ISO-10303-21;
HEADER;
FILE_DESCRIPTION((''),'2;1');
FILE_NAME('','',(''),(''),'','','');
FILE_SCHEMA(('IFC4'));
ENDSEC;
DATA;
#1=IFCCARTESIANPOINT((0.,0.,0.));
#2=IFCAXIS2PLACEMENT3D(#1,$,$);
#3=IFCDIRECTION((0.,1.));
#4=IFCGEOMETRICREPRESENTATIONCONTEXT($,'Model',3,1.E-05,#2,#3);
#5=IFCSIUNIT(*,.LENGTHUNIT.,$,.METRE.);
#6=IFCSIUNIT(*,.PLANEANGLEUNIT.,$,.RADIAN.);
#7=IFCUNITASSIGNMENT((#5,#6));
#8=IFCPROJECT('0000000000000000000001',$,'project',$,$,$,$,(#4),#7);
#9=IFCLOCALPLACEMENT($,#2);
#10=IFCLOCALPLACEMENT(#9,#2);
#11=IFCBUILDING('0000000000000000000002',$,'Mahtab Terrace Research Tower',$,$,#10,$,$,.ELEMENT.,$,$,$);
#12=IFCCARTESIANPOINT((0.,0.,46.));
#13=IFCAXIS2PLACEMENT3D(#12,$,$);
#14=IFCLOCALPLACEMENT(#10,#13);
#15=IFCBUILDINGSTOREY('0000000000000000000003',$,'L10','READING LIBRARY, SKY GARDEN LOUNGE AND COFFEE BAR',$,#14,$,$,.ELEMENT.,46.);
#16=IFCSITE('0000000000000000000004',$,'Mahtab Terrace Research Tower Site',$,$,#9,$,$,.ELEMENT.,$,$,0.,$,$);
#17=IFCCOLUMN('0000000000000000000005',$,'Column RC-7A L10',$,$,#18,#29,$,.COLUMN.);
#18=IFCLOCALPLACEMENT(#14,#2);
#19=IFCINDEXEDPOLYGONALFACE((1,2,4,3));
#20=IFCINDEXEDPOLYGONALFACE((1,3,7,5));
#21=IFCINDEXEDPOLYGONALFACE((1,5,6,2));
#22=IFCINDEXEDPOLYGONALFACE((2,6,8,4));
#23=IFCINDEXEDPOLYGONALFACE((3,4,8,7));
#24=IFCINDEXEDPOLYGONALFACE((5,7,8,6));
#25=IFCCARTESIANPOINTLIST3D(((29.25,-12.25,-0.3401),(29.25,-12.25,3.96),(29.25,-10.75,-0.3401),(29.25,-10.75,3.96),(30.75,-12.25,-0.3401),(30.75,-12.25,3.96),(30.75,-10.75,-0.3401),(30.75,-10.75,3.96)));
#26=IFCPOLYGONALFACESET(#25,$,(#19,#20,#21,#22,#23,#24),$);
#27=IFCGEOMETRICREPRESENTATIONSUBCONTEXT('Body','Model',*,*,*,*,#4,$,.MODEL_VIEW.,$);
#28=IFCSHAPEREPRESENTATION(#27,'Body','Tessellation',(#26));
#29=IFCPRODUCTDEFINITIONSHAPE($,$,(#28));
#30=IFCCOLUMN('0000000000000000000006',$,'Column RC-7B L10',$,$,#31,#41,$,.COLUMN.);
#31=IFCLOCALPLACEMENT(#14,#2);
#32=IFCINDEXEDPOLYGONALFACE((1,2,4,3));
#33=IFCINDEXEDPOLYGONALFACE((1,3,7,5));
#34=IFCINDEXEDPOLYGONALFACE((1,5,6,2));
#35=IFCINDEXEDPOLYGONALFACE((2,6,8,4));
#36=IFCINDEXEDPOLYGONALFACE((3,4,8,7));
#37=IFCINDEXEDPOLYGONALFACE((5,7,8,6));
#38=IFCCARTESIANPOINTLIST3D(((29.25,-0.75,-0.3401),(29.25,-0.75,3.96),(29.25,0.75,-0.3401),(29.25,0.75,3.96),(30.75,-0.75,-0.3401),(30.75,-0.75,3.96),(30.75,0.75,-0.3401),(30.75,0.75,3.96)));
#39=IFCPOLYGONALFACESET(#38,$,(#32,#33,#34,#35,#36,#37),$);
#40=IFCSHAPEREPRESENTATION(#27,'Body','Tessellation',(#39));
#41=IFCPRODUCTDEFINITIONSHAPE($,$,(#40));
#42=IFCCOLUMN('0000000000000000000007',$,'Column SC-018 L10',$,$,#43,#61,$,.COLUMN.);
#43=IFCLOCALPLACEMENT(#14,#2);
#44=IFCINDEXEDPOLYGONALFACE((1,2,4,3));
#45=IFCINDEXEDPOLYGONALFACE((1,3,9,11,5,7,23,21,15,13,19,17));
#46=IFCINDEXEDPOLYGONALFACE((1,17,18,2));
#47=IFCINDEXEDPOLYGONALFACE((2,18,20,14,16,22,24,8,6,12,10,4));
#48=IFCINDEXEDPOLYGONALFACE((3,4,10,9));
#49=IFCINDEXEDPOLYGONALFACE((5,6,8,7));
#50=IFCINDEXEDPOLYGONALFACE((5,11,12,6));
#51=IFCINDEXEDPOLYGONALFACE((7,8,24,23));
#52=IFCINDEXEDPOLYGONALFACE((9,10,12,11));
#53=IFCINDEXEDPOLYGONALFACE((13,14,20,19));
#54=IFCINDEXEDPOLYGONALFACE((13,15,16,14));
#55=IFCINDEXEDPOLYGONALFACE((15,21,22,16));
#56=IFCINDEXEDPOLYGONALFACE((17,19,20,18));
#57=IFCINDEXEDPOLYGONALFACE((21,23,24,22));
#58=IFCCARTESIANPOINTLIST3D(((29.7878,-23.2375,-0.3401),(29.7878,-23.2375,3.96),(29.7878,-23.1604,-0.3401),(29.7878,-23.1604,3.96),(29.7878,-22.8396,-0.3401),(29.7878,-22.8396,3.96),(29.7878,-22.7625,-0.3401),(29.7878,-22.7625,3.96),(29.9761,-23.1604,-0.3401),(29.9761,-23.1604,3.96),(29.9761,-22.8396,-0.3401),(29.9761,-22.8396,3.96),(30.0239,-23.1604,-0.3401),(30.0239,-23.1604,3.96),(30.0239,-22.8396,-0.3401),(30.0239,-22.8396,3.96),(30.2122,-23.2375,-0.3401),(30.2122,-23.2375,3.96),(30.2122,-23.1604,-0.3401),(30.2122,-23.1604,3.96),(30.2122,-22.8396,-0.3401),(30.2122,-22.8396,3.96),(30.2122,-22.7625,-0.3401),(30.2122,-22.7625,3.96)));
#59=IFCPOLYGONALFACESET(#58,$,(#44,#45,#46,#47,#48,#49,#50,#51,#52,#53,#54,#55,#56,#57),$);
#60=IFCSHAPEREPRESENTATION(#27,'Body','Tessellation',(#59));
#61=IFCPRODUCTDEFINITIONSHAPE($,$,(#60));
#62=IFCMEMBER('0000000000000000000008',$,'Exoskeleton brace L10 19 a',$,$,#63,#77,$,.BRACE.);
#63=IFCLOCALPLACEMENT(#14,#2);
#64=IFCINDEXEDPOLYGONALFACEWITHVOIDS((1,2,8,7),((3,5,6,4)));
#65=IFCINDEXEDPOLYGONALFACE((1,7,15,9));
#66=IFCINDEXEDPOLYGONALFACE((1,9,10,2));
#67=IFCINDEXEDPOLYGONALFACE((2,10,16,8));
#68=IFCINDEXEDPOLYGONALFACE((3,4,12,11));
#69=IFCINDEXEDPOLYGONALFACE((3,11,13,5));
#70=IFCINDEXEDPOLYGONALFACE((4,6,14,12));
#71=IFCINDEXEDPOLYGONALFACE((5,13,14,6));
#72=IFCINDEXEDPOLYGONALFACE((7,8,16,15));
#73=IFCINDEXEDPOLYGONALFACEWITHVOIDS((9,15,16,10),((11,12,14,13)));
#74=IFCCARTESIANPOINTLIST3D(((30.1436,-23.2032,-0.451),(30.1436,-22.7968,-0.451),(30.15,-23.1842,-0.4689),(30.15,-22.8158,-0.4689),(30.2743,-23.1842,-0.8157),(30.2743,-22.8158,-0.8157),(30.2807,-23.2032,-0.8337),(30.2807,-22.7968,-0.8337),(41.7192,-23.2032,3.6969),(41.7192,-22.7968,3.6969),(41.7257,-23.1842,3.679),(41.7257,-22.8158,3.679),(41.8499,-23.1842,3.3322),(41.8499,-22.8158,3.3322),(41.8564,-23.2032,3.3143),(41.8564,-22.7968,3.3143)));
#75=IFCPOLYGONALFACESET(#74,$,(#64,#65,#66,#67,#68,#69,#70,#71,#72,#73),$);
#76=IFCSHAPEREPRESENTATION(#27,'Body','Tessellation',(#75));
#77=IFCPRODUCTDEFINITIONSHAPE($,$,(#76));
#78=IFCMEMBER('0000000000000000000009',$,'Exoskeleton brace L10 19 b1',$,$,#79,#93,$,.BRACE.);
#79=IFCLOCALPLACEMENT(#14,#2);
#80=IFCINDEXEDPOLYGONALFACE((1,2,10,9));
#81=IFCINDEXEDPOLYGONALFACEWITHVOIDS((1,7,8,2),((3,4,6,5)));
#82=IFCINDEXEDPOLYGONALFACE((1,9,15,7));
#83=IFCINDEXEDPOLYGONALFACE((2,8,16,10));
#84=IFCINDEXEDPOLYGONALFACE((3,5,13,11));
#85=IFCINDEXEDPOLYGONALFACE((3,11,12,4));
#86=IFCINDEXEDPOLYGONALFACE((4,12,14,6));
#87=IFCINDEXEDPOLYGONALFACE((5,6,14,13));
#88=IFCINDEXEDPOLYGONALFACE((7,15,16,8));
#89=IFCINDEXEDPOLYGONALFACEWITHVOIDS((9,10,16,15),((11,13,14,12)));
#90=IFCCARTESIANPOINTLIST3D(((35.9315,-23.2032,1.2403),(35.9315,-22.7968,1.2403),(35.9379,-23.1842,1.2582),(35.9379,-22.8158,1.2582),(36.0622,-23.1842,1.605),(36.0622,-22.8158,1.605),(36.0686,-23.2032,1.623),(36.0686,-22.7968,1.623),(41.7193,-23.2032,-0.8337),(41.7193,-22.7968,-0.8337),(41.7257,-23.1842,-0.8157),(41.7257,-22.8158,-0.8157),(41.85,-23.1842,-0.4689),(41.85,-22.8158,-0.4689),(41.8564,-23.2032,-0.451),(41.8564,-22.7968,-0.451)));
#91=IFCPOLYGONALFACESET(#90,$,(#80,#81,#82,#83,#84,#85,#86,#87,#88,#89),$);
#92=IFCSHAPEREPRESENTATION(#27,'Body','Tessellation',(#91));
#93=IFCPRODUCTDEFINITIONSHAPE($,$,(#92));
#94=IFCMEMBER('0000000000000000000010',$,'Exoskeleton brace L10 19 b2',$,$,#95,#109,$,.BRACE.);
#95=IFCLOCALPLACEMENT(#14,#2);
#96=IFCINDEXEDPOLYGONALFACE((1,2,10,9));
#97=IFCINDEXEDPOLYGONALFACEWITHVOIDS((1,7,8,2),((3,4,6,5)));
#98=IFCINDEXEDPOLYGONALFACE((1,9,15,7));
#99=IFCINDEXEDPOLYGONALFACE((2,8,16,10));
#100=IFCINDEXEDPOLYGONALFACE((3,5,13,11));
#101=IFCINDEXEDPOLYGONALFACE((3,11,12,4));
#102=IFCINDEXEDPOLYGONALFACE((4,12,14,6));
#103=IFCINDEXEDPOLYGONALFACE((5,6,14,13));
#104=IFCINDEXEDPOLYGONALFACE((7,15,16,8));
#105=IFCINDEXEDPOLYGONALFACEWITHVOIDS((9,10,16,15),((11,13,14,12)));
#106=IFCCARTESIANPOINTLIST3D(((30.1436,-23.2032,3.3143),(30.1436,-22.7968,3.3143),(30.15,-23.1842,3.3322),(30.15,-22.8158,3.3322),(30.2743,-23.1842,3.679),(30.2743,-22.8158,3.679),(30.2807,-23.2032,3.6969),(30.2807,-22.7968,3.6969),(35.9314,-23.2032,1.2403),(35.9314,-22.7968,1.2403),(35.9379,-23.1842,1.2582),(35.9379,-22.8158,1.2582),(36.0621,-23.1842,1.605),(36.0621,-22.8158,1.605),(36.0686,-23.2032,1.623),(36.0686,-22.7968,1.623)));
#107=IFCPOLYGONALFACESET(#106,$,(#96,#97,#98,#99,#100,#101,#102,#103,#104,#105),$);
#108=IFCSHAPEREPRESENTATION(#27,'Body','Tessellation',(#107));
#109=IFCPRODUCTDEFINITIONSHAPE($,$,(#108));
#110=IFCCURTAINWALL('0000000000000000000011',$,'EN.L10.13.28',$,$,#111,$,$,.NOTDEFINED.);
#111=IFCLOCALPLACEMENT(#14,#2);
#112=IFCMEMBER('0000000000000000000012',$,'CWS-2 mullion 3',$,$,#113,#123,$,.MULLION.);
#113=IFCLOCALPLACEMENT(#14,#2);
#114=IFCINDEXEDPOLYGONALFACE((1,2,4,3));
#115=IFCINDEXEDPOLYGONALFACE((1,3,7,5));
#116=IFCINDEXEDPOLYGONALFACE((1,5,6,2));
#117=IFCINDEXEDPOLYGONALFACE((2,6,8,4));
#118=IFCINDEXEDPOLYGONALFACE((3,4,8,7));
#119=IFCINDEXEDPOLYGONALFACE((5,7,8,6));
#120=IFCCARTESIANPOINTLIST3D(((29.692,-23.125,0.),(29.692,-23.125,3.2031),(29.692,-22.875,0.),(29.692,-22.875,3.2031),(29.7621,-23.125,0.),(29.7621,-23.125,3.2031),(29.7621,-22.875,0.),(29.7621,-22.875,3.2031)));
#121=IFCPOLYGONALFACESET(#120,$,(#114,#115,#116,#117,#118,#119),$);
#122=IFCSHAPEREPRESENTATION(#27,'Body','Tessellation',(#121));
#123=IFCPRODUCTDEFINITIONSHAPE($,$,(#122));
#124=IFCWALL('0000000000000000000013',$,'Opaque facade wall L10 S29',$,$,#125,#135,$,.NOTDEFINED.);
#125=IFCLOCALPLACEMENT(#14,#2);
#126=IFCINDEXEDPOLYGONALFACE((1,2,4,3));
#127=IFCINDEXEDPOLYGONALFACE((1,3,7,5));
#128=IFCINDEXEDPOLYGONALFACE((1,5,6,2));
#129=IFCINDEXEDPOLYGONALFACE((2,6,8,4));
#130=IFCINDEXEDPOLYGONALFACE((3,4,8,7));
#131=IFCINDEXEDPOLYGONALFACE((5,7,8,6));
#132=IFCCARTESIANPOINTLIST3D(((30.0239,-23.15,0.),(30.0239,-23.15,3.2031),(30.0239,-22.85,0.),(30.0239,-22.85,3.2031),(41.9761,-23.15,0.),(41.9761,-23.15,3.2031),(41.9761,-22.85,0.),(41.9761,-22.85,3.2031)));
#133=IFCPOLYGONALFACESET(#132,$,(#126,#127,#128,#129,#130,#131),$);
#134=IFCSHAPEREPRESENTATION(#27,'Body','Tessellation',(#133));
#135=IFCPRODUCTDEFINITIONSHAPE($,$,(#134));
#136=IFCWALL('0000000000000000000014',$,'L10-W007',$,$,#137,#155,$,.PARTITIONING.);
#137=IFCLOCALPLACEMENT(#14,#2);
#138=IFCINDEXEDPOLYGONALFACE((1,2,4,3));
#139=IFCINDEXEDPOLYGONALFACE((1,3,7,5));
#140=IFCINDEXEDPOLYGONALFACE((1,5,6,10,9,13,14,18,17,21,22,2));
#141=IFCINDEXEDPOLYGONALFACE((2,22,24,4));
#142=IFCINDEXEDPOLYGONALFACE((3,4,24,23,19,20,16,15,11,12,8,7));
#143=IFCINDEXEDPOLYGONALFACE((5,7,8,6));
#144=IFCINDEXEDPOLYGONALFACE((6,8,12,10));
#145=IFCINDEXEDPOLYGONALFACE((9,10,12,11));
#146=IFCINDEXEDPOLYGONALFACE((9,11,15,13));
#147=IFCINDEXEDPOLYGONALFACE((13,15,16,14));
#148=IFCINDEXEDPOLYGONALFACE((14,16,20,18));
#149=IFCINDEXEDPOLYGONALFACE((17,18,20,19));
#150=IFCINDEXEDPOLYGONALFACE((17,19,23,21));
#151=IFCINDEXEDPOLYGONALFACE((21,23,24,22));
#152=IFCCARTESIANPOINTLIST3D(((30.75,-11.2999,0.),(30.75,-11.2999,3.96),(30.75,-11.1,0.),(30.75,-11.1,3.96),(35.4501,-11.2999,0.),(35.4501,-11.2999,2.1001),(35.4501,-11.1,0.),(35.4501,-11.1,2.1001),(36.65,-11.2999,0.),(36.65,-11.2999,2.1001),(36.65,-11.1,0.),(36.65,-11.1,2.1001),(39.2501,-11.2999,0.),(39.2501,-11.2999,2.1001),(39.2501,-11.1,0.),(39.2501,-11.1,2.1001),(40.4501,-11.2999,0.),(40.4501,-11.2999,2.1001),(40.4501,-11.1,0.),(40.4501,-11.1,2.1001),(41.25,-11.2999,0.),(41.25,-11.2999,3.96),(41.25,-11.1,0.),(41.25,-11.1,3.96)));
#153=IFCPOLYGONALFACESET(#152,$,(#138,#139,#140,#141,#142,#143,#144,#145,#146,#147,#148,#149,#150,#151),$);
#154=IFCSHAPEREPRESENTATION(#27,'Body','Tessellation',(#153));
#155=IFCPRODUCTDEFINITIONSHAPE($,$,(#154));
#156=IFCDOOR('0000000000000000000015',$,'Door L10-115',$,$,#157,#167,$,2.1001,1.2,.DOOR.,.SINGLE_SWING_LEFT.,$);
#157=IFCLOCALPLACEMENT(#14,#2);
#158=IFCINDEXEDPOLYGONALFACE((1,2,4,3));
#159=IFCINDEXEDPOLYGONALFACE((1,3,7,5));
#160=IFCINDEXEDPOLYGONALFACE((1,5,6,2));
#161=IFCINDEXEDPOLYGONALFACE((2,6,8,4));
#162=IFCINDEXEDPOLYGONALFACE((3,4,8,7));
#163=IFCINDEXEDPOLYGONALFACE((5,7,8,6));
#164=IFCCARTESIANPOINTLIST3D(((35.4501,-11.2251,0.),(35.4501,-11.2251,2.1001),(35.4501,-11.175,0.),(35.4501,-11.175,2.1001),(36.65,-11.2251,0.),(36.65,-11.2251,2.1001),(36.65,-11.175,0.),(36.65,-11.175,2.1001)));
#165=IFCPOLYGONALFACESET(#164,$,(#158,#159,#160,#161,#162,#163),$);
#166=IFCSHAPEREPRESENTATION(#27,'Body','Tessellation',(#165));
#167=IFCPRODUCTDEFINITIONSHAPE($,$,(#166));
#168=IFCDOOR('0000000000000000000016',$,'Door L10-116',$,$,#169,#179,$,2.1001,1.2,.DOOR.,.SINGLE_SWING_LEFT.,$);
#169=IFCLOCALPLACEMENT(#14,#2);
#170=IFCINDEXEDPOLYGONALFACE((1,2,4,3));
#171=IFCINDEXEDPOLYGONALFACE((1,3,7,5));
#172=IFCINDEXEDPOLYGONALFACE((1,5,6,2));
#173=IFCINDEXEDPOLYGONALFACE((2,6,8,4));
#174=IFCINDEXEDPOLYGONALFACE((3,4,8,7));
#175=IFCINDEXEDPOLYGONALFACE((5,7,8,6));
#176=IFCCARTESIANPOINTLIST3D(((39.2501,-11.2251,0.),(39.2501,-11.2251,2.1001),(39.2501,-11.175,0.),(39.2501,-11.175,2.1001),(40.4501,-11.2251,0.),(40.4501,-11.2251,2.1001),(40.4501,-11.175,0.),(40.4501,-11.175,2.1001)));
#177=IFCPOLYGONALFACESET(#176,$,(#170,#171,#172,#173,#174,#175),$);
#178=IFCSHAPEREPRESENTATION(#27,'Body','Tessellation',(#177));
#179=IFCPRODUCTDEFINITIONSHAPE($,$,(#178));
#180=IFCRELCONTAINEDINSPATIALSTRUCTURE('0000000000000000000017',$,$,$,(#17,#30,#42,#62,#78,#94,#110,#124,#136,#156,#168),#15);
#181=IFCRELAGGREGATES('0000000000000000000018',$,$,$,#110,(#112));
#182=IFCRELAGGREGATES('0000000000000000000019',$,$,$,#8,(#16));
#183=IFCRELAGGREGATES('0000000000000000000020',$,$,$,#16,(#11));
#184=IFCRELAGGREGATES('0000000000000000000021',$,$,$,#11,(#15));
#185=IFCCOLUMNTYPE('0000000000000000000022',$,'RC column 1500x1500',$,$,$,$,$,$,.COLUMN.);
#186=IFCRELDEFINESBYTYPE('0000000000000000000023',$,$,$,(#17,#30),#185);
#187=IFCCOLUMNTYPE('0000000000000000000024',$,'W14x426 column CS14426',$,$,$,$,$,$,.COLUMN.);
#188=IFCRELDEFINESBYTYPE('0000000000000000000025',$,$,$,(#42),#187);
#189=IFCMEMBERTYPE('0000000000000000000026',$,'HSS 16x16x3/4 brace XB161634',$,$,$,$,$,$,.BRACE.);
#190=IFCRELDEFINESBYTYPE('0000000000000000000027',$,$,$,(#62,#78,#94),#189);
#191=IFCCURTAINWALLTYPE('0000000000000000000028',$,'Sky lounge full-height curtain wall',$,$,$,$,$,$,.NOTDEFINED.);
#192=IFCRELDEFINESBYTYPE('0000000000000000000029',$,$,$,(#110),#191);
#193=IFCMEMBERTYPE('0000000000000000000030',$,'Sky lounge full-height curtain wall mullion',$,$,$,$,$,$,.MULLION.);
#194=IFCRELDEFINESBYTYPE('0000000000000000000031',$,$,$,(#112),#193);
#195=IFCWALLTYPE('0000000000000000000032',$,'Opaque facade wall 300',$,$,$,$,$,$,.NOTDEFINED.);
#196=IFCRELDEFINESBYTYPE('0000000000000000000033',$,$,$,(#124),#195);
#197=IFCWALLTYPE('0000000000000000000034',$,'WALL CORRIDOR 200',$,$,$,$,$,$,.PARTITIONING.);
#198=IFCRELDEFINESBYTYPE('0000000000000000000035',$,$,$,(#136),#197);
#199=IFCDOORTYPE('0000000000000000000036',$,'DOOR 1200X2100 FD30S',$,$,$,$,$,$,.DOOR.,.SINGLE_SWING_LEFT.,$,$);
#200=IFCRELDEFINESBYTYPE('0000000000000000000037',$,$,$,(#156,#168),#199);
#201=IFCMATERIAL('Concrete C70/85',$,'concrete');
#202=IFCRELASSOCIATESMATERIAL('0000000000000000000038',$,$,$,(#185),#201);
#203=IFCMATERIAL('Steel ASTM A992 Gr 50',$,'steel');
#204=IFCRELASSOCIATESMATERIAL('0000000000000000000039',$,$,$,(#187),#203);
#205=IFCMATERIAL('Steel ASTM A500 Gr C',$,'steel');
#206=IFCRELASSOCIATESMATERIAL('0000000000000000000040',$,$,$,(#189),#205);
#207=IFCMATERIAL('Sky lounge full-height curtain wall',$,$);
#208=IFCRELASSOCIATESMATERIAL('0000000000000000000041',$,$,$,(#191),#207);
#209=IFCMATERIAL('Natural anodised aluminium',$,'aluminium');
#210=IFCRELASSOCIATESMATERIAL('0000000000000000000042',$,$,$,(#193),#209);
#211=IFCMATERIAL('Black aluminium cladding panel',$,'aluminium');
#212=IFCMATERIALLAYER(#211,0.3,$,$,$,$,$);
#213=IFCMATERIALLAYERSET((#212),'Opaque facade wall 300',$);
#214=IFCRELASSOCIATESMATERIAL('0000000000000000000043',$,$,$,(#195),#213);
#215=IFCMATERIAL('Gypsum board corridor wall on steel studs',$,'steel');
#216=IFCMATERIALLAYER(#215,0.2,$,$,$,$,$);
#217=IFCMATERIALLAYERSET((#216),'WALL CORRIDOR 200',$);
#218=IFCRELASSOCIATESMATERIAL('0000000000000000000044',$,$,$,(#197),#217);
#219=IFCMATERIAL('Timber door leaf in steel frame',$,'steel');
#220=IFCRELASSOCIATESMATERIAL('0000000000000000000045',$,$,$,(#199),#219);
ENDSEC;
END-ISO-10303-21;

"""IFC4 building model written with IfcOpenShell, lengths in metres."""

from ifc_helpers import new_model, si_unit, direction, frame, frame_2d, origin, origin_2d, place, context, subcontext, project, spatial, rectangle, hollow_rectangle, i_section, extrude, material, layer, layer_set, material_profile, profile_set, type_object, element, fill, aggregate, save


model = new_model("IFC4")

# Units and contexts
model_context = context("Model", 3, precision=1e-05, world=origin(), true_north=direction((0.0, 1.0)))
body_context = subcontext(model_context, "Body", "Model", "MODEL_VIEW")
ifc_project = project(units=[si_unit("LENGTHUNIT", "METRE"), si_unit("PLANEANGLEUNIT", "RADIAN")], contexts=[model_context])

# Site, building, storey
site_placement = place(None, origin())
site = spatial("IfcSite", under=ifc_project, at=site_placement, Name="Mahtab Terrace Research Tower Site", CompositionType="ELEMENT", RefElevation=0.0)
building_placement = place(site_placement, origin())
building = spatial("IfcBuilding", under=site, at=building_placement, Name="Mahtab Terrace Research Tower", CompositionType="ELEMENT")
storey_placement = place(building_placement, frame((0.0, 0.0, 46.0)))
storey = spatial("IfcBuildingStorey", under=building, at=storey_placement, Name="L10", Description="READING LIBRARY, SKY GARDEN LOUNGE AND COFFEE BAR", CompositionType="ELEMENT", Elevation=46.0)

# Columns
ifc_material_1 = material(Name="Concrete C70/85", Category="concrete")
ifc_material_profile_1 = material_profile(ifc_material_1, rectangle(XDim=1.5, YDim=1.5, at=origin_2d()), Name="RC column 1500x1500")
ifc_profile_set_1 = profile_set([ifc_material_profile_1], Name="Concrete C70/85")
column_type_1 = type_object("IfcColumnType", Name="RC column 1500x1500", PredefinedType="COLUMN", material=ifc_profile_set_1)
for number, where, z_axis, x_axis, name in (
    (1, (30.0, -11.5, -0.3401), (0.0, 0.0, 1.0), (1.0, 0.0, 0.0), "Column RC-7A L10"),
    (2, (30.0, 0.0, -0.3401), (0.0, 0.0, 1.0), (1.0, 0.0, 0.0), "Column RC-7B L10"),
):
    element("IfcColumn", number, at=place(storey_placement, frame(where, z_axis=z_axis, x_axis=x_axis)), inside=storey, type_object=column_type_1, Name=name, PredefinedType="COLUMN", context=body_context, shape_type="SweptSolid", body=[
        extrude(rectangle(XDim=1.5, YDim=1.5, at=origin_2d()), origin(), (0.0, 0.0, 1.0), 4.3),
    ])
ifc_material_2 = material(Name="Steel ASTM A992 Gr 50", Category="steel")
ifc_material_profile_2 = material_profile(ifc_material_2, i_section(OverallWidth=0.4243, OverallDepth=0.4751, WebThickness=0.0479, FlangeThickness=0.0771, at=origin_2d()), Name="W14X426")
ifc_profile_set_2 = profile_set([ifc_material_profile_2], Name="Steel ASTM A992 Gr 50")
column_type_2 = type_object("IfcColumnType", Name="W14x426 column CS14426", PredefinedType="COLUMN", material=ifc_profile_set_2)
column_placement = place(storey_placement, frame((30.0, -23.0, -0.3401), z_axis=(0.0, 0.0, 1.0), x_axis=(1.0, 0.0, 0.0)))
element("IfcColumn", 3, at=column_placement, inside=storey, type_object=column_type_2, Name="Column SC-018 L10", PredefinedType="COLUMN", context=body_context, shape_type="SweptSolid", body=[
    extrude(i_section(OverallWidth=0.4243, OverallDepth=0.4751, WebThickness=0.0479, FlangeThickness=0.0771, at=origin_2d()), origin(), (0.0, 0.0, 1.0), 4.3),
])

# Members
ifc_material_3 = material(Name="Steel ASTM A500 Gr C", Category="steel")
ifc_material_profile_3 = material_profile(ifc_material_3, hollow_rectangle(XDim=0.4065, YDim=0.4065, WallThickness=0.019, at=origin_2d()), Name="HSS16X16X3/4")
ifc_profile_set_3 = profile_set([ifc_material_profile_3], Name="Steel ASTM A500 Gr C")
member_type_1 = type_object("IfcMemberType", Name="HSS 16x16x3/4 brace XB161634", PredefinedType="BRACE", material=ifc_profile_set_3)
member_1_placement = place(storey_placement, frame((30.2122, -23.0, -0.6423), z_axis=(0.941387, 0.0, 0.33733), x_axis=(0.0, 1.0, 0.0)))
element("IfcMember", 4, at=member_1_placement, inside=storey, type_object=member_type_1, Name="Exoskeleton brace L10 19 a", PredefinedType="BRACE", context=body_context, shape_type="SweptSolid", body=[
    extrude(hollow_rectangle(XDim=0.4065, YDim=0.4065, WallThickness=0.019, at=origin_2d()), origin(), (0.0, 0.0, 1.0), 12.2964),
])
for number, where, z_axis, x_axis, name in (
    (5, (41.7878, -23.0, -0.6423), (-0.941387, 0.0, 0.33733), (0.0, -1.0, 0.0), "Exoskeleton brace L10 19 b1"),
    (6, (36.0, -23.0, 1.4316), (-0.941387, 0.0, 0.33733), (0.0, -1.0, 0.0), "Exoskeleton brace L10 19 b2"),
):
    element("IfcMember", number, at=place(storey_placement, frame(where, z_axis=z_axis, x_axis=x_axis)), inside=storey, type_object=member_type_1, Name=name, PredefinedType="BRACE", context=body_context, shape_type="SweptSolid", body=[
        extrude(hollow_rectangle(XDim=0.4065, YDim=0.4065, WallThickness=0.019, at=origin_2d()), origin(), (0.0, 0.0, 1.0), 6.1482),
    ])

# Curtain wall, member
ifc_material_4 = material(Name="Sky lounge full-height curtain wall")
curtain_wall_type = type_object("IfcCurtainWallType", Name="Sky lounge full-height curtain wall", PredefinedType="NOTDEFINED", material=ifc_material_4)
curtain_wall_placement = place(storey_placement, origin())
curtain_wall = element("IfcCurtainWall", 7, at=curtain_wall_placement, inside=storey, type_object=curtain_wall_type, Name="EN.L10.13.28", PredefinedType="NOTDEFINED")
ifc_material_5 = material(Name="Natural anodised aluminium", Category="aluminium")
ifc_material_profile_4 = material_profile(ifc_material_5, rectangle(XDim=0.25, YDim=0.0701, at=origin_2d()), Name="MULLION 70x250")
ifc_profile_set_4 = profile_set([ifc_material_profile_4], Name="Natural anodised aluminium")
member_type_2 = type_object("IfcMemberType", Name="Sky lounge full-height curtain wall mullion", PredefinedType="MULLION", material=ifc_profile_set_4)
member_2_placement = place(storey_placement, frame((29.7271, -23.0, 0.0), z_axis=(0.0, 0.0, 1.0), x_axis=(0.0, 1.0, 0.0)))
member_2 = element("IfcMember", 8, at=member_2_placement, type_object=member_type_2, Name="CWS-2 mullion 3", PredefinedType="MULLION", context=body_context, shape_type="SweptSolid", body=[
    extrude(rectangle(XDim=0.25, YDim=0.0701, at=origin_2d()), origin(), (0.0, 0.0, 1.0), 3.2031),
])
aggregate(curtain_wall, [member_2])

# Wall
ifc_material_6 = material(Name="Black aluminium cladding panel", Category="aluminium")
ifc_layer_1 = layer(ifc_material_6, 0.3)
ifc_layer_set_1 = layer_set([ifc_layer_1], Name="Opaque facade wall 300")
wall_type_1 = type_object("IfcWallType", Name="Opaque facade wall 300", PredefinedType="NOTDEFINED", material=ifc_layer_set_1)
wall_1_placement = place(storey_placement, frame((30.0239, -23.0, 0.0), z_axis=(0.0, 0.0, 1.0), x_axis=(1.0, 0.0, 0.0)))
element("IfcWall", 9, at=wall_1_placement, inside=storey, type_object=wall_type_1, Name="Opaque facade wall L10 S29", PredefinedType="NOTDEFINED", context=body_context, shape_type="SweptSolid", body=[
    extrude(rectangle(XDim=11.9521, YDim=0.3, at=frame_2d((5.9761, 0.0))), origin(), (0.0, 0.0, 1.0), 3.2031),
])

# Wall, openings, doors
ifc_material_7 = material(Name="Gypsum board corridor wall on steel studs", Category="steel")
ifc_layer_2 = layer(ifc_material_7, 0.2)
ifc_layer_set_2 = layer_set([ifc_layer_2], Name="WALL CORRIDOR 200")
wall_type_2 = type_object("IfcWallType", Name="WALL CORRIDOR 200", PredefinedType="PARTITIONING", material=ifc_layer_set_2)
wall_2_placement = place(storey_placement, frame((30.75, -11.2, 0.0), z_axis=(0.0, 0.0, 1.0), x_axis=(1.0, 0.0, 0.0)))
wall_2 = element("IfcWall", 10, at=wall_2_placement, inside=storey, type_object=wall_type_2, Name="L10-W007", PredefinedType="PARTITIONING", context=body_context, shape_type="SweptSolid", body=[
    extrude(rectangle(XDim=10.5, YDim=0.2, at=frame_2d((5.25, 0.0))), origin(), (0.0, 0.0, 1.0), 3.96),
])
opening_1_placement = place(wall_2_placement, frame((4.7, 0.0, 0.0)))
opening_1 = element("IfcOpeningElement", 11, at=opening_1_placement, cuts=wall_2, PredefinedType="OPENING", context=body_context, shape_type="SweptSolid", body=[
    extrude(rectangle(XDim=1.2, YDim=2.1001, at=frame_2d((0.6001, 1.05))), frame((0.0, 0.1099, 0.0), z_axis=(0.0, -1.0, 0.0), x_axis=(1.0, 0.0, 0.0)), (0.0, 0.0, 1.0), 0.22),
])
opening_2_placement = place(wall_2_placement, frame((8.5, 0.0, 0.0)))
opening_2 = element("IfcOpeningElement", 12, at=opening_2_placement, cuts=wall_2, PredefinedType="OPENING", context=body_context, shape_type="SweptSolid", body=[
    extrude(rectangle(XDim=1.2, YDim=2.1001, at=frame_2d((0.6001, 1.05))), frame((0.0, 0.1099, 0.0), z_axis=(0.0, -1.0, 0.0), x_axis=(1.0, 0.0, 0.0)), (0.0, 0.0, 1.0), 0.22),
])
ifc_material_8 = material(Name="Timber door leaf in steel frame", Category="steel")
door_type = type_object("IfcDoorType", Name="DOOR 1200X2100 FD30S", OperationType="SINGLE_SWING_LEFT", PredefinedType="DOOR", material=ifc_material_8)
door_1_placement = place(opening_1_placement, origin())
door_1 = element("IfcDoor", 13, at=door_1_placement, inside=storey, type_object=door_type, Name="Door L10-115", OperationType="SINGLE_SWING_LEFT", OverallHeight=2.1001, OverallWidth=1.2, PredefinedType="DOOR", context=body_context, shape_type="SweptSolid", body=[
    extrude(rectangle(XDim=1.2, YDim=2.1001, at=frame_2d((0.6001, 1.05))), frame((0.0, 0.0249, 0.0), z_axis=(0.0, -1.0, 0.0), x_axis=(1.0, 0.0, 0.0)), (0.0, 0.0, 1.0), 0.05),
])
fill(opening_1, door_1)
door_2_placement = place(opening_2_placement, origin())
door_2 = element("IfcDoor", 14, at=door_2_placement, inside=storey, type_object=door_type, Name="Door L10-116", OperationType="SINGLE_SWING_LEFT", OverallHeight=2.1001, OverallWidth=1.2, PredefinedType="DOOR", context=body_context, shape_type="SweptSolid", body=[
    extrude(rectangle(XDim=1.2, YDim=2.1001, at=frame_2d((0.6001, 1.05))), frame((0.0, 0.0249, 0.0), z_axis=(0.0, -1.0, 0.0), x_axis=(1.0, 0.0, 0.0)), (0.0, 0.0, 1.0), 0.05),
])
fill(opening_2, door_2)

save(model, "model.ifc")
